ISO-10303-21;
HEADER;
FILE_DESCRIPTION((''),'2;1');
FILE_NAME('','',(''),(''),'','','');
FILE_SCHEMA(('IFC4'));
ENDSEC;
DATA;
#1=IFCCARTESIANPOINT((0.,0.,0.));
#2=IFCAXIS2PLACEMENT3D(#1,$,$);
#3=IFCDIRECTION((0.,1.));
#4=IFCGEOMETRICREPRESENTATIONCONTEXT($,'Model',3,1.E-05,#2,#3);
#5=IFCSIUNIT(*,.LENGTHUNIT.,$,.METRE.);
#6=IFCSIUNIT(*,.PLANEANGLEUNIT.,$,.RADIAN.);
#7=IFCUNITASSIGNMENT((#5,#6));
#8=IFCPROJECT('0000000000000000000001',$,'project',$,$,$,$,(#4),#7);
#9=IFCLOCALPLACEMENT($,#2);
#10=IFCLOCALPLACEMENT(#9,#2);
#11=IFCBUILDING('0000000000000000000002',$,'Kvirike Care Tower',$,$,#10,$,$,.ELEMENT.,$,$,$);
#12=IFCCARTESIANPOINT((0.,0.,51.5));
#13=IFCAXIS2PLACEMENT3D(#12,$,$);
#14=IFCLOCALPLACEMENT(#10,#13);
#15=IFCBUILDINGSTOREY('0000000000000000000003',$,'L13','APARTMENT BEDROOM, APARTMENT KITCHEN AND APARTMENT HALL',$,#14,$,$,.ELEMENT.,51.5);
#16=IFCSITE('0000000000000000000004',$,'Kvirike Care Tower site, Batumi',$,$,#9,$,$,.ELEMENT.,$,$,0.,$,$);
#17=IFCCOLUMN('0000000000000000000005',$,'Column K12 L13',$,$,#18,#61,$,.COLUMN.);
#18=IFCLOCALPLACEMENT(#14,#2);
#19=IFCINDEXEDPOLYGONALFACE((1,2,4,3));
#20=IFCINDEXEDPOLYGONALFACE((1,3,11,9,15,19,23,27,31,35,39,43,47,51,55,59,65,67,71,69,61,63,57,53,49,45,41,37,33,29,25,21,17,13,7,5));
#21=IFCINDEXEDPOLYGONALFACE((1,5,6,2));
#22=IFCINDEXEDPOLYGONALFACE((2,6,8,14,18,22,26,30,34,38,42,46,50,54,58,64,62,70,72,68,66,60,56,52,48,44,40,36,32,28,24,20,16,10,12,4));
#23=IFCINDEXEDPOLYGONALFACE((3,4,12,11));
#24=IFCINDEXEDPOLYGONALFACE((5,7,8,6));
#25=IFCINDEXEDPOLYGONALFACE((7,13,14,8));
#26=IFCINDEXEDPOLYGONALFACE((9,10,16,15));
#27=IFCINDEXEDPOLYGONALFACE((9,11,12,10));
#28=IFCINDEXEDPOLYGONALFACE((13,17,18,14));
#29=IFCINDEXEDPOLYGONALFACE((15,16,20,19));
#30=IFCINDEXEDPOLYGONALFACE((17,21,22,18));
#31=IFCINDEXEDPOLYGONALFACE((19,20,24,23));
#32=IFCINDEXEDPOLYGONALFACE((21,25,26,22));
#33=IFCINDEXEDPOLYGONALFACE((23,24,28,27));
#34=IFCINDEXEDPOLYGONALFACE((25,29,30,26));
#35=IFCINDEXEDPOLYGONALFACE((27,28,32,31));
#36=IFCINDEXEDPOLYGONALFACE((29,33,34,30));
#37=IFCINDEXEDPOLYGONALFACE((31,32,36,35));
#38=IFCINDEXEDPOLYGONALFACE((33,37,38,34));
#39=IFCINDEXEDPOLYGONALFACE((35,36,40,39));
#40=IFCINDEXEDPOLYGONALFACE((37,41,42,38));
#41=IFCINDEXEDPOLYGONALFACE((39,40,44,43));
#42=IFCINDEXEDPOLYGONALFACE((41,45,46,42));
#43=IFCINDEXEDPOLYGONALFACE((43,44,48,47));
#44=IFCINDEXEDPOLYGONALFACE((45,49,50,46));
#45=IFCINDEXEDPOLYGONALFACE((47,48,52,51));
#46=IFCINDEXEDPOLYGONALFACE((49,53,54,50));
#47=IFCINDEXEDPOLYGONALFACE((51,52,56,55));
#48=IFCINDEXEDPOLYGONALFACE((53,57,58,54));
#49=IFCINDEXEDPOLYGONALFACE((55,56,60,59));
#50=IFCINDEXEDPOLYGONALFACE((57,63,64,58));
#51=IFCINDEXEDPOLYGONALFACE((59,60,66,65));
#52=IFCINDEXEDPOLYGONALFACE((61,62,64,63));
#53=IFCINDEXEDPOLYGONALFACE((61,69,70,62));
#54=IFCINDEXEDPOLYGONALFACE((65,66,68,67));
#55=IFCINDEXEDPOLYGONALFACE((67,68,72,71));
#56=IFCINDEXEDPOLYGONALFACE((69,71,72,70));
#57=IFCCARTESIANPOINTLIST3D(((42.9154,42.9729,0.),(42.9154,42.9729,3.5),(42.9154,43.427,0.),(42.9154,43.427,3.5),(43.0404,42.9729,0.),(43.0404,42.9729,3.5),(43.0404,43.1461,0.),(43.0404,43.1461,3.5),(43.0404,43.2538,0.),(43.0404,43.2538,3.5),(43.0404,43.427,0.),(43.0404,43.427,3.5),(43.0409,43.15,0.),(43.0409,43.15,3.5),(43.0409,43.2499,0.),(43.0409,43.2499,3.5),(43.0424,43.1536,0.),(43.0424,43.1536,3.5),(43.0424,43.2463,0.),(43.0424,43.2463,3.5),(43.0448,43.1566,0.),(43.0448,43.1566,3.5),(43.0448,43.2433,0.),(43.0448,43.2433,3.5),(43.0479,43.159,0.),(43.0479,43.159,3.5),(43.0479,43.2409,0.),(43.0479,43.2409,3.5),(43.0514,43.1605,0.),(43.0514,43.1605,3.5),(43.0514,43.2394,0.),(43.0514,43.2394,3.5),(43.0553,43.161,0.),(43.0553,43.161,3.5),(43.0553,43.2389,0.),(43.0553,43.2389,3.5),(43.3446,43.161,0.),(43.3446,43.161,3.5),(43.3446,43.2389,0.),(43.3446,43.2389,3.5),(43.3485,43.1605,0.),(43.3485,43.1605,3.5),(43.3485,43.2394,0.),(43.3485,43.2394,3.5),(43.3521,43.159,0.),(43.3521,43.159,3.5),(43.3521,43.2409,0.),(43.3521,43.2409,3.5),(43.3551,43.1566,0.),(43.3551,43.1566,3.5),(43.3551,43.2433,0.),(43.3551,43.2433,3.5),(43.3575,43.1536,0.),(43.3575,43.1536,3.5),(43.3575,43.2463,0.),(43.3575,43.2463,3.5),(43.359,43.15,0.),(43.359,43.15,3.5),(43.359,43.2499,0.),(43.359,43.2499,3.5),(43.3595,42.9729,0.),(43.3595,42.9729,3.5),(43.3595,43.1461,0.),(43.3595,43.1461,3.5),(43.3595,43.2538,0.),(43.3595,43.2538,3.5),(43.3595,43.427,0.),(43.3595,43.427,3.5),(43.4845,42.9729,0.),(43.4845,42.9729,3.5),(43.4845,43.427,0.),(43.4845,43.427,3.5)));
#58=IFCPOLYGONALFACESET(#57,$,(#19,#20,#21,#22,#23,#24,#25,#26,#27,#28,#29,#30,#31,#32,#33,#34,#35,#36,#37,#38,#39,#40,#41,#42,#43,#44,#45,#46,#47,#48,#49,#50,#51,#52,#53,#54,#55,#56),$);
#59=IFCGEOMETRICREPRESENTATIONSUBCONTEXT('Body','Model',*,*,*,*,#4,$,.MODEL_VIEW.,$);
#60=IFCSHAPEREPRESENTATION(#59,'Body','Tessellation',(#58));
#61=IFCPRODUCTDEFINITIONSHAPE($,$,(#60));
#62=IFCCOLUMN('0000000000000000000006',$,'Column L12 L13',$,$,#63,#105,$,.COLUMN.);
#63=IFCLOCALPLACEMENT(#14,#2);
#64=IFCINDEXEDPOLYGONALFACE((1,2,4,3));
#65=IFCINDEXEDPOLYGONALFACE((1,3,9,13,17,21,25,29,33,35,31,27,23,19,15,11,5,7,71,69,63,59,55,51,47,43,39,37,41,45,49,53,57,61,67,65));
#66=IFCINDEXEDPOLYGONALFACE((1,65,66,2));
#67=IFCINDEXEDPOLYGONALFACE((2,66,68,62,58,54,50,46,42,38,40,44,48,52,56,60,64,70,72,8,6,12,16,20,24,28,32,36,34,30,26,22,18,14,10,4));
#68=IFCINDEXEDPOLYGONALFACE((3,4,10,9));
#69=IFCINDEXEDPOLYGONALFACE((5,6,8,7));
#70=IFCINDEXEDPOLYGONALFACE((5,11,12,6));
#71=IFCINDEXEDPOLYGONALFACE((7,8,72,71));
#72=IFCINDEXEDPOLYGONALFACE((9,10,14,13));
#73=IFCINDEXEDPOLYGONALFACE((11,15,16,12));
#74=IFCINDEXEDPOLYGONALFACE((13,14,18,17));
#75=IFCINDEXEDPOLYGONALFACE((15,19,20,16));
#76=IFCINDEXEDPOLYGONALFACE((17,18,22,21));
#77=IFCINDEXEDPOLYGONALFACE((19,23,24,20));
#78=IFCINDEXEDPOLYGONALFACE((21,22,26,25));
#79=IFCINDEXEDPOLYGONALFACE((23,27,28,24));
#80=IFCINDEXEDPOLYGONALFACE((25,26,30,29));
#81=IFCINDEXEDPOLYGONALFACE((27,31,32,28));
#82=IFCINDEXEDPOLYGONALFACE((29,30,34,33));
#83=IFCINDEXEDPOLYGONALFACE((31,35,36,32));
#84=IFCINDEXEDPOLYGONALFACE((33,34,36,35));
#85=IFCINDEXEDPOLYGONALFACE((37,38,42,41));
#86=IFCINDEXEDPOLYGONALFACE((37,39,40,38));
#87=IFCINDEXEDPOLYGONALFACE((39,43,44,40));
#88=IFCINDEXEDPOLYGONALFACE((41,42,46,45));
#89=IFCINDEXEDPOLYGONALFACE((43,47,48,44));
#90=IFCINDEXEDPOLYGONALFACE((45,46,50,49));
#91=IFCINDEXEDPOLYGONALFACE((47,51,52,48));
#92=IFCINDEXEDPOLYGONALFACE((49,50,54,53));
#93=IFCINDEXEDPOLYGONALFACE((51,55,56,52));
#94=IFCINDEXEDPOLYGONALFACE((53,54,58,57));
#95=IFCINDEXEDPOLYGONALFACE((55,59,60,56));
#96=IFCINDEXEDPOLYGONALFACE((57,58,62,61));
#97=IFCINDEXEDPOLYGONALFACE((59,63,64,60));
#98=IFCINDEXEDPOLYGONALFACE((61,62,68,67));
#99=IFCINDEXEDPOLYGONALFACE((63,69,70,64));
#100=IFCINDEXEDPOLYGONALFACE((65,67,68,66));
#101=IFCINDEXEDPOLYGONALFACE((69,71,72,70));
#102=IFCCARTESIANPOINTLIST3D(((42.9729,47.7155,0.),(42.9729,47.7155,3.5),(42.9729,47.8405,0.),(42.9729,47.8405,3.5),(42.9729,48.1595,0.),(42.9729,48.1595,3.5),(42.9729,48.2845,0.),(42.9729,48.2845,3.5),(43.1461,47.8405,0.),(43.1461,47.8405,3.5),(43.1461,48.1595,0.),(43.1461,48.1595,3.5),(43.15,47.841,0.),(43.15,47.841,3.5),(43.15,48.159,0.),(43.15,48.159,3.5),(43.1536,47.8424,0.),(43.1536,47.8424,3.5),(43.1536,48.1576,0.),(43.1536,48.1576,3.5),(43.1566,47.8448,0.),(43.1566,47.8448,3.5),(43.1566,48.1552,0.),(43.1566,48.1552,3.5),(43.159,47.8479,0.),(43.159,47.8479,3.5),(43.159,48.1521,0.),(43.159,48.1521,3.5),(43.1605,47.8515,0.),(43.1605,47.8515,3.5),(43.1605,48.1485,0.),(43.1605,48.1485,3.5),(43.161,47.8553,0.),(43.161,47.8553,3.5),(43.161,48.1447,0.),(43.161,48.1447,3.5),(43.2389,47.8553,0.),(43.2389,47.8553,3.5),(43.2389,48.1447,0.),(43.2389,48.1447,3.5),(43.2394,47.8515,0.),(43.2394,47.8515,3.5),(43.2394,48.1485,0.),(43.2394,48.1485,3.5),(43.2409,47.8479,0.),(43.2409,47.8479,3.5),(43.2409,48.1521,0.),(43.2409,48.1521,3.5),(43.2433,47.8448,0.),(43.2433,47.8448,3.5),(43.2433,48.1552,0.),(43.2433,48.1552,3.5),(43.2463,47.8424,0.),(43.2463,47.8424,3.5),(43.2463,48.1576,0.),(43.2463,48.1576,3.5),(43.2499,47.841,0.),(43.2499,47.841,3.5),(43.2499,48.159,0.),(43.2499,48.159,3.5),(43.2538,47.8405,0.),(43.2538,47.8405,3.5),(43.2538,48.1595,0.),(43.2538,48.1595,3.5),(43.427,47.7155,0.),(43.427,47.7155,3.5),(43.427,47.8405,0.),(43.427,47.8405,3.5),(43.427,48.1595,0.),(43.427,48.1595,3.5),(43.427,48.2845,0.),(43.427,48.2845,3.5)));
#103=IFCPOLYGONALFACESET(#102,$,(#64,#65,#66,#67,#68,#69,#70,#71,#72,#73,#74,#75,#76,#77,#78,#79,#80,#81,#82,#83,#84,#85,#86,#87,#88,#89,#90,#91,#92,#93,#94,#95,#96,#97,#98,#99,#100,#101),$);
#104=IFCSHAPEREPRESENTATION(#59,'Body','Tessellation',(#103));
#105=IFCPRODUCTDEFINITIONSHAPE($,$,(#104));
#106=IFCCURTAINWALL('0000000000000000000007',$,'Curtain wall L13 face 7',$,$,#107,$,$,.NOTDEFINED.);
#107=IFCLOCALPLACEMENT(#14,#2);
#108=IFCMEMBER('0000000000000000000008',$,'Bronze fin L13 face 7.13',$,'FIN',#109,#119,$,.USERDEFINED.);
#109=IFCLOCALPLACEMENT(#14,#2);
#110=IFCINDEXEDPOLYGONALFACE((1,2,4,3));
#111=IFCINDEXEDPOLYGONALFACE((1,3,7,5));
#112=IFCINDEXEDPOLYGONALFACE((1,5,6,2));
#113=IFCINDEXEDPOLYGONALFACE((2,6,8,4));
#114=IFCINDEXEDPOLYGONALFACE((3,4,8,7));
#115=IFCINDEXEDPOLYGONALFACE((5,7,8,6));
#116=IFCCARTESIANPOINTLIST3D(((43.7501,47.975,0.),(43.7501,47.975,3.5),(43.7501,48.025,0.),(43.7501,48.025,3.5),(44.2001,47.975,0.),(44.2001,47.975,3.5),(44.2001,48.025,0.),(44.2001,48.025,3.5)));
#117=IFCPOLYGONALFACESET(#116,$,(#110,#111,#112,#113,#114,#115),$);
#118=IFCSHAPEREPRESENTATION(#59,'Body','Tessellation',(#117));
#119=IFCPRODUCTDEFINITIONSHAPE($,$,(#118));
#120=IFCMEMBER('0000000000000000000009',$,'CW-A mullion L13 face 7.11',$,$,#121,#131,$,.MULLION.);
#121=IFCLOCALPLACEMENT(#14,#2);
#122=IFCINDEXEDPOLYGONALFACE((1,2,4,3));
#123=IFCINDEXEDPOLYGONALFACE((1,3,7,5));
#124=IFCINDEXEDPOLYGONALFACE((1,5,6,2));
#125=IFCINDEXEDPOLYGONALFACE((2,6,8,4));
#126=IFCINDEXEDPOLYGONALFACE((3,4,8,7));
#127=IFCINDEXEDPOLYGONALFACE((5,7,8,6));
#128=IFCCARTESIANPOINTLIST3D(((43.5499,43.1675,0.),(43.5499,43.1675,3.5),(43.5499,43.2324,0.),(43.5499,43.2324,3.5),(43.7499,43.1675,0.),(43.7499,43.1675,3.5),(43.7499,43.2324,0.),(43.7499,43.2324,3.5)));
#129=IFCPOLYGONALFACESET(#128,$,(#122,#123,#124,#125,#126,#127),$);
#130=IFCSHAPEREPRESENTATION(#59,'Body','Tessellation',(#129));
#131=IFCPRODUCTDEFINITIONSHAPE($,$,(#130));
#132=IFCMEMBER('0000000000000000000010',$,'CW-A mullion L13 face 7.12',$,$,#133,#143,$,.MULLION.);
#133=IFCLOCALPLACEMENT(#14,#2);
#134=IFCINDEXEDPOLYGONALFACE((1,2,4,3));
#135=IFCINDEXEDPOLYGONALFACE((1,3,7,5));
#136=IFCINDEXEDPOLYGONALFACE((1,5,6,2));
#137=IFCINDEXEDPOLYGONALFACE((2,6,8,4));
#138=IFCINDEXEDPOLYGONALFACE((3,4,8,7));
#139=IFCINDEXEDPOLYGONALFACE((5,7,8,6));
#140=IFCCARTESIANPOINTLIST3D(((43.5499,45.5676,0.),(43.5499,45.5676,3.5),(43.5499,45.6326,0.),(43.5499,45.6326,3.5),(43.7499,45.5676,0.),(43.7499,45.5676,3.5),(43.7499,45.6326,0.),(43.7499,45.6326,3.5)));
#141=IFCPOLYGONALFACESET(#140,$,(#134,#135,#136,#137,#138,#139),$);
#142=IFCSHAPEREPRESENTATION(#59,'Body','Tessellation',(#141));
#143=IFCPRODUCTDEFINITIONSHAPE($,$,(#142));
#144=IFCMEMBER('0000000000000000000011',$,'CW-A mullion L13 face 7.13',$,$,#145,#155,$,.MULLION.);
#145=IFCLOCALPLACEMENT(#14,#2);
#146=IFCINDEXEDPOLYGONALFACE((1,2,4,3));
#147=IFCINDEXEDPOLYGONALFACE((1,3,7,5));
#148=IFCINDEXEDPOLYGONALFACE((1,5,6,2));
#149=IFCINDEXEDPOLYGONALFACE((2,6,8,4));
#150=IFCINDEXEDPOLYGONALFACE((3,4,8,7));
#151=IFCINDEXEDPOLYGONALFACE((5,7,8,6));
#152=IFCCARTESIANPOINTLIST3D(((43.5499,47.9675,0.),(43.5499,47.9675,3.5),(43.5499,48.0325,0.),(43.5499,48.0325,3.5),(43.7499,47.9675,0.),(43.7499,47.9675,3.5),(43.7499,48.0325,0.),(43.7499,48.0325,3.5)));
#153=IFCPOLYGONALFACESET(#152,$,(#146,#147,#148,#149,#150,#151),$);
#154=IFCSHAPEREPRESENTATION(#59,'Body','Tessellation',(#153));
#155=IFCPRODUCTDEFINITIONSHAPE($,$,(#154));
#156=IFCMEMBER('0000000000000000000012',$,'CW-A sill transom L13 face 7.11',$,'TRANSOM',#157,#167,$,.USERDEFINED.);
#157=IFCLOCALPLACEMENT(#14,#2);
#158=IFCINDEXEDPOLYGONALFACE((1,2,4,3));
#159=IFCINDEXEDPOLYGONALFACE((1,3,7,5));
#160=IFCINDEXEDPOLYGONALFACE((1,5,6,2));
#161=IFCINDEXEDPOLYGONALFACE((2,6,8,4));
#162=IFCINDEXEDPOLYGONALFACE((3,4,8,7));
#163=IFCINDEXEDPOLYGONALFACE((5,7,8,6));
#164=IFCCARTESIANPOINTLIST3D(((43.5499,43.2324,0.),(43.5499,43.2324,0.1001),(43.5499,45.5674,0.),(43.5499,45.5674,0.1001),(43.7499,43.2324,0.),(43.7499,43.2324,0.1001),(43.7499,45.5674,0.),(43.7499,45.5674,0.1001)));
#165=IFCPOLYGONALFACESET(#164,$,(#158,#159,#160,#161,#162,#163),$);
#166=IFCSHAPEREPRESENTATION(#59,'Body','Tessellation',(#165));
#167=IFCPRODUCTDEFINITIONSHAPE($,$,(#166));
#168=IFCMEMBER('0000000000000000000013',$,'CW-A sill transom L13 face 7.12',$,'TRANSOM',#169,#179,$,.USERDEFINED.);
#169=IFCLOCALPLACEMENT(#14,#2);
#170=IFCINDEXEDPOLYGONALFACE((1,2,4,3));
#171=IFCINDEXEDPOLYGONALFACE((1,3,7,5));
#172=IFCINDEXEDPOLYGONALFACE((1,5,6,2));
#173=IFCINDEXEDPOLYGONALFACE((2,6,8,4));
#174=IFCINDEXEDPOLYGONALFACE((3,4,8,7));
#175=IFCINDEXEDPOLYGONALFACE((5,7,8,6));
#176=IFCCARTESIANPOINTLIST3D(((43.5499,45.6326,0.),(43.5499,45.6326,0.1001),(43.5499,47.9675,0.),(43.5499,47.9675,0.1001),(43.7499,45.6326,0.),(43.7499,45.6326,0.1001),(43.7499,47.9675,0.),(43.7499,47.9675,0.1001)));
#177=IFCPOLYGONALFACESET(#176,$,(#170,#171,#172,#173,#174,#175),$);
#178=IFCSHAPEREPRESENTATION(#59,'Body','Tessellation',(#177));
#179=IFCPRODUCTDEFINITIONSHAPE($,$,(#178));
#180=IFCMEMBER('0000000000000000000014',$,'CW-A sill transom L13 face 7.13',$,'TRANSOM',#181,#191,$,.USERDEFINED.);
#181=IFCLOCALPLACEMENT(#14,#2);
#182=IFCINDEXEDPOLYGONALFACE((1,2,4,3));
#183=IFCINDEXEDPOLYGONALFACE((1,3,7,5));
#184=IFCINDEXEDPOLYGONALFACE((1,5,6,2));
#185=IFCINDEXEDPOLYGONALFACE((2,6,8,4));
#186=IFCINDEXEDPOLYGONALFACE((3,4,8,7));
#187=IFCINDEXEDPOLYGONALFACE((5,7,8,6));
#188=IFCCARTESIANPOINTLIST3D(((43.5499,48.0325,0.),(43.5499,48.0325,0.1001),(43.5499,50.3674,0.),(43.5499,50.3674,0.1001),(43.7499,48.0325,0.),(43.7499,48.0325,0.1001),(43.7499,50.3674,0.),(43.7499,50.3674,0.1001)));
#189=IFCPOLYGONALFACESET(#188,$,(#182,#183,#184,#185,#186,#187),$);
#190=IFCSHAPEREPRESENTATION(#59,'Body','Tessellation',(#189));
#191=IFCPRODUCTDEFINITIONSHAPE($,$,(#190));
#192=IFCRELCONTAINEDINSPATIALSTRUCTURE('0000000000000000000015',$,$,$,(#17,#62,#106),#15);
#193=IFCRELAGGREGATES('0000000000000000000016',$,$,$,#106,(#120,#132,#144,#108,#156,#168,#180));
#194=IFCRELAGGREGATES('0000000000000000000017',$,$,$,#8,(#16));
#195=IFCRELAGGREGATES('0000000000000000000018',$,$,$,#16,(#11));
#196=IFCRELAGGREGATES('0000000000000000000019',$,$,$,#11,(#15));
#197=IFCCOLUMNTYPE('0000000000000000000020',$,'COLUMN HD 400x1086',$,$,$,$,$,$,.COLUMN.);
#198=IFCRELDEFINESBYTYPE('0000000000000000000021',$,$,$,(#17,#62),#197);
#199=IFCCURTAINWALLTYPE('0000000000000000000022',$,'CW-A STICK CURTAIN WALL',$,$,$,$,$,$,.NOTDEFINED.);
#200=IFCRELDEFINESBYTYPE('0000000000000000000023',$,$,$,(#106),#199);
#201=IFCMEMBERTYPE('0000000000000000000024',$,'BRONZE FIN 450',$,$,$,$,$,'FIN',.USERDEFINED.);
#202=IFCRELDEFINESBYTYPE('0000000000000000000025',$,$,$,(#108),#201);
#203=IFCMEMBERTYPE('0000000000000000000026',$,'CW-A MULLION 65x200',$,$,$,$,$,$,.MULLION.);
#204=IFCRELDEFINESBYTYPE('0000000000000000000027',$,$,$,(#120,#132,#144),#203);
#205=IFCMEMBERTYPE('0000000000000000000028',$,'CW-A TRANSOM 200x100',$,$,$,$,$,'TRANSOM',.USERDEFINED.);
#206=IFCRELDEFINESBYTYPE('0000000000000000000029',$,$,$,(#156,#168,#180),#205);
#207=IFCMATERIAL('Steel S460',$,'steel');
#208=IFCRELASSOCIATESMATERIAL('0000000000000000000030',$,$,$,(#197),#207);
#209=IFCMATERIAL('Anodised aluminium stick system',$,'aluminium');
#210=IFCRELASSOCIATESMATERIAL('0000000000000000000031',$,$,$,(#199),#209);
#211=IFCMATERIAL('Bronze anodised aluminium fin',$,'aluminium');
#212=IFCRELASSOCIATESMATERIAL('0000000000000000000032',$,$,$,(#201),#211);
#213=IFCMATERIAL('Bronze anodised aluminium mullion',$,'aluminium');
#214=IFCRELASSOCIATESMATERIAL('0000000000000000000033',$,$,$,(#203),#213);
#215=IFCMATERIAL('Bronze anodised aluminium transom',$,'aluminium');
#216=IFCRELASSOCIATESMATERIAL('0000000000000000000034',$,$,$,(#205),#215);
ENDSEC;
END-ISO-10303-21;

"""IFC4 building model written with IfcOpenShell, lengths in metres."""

from ifc_helpers import new_model, si_unit, direction, frame, origin, origin_2d, place, context, subcontext, project, spatial, rectangle, i_section, extrude, material, material_profile, profile_set, type_object, element, aggregate, save


model = new_model("IFC4")

# Units and contexts
model_context = context("Model", 3, precision=1e-05, world=origin(), true_north=direction((0.0, 1.0)))
body_context = subcontext(model_context, "Body", "Model", "MODEL_VIEW")
ifc_project = project(units=[si_unit("LENGTHUNIT", "METRE"), si_unit("PLANEANGLEUNIT", "RADIAN")], contexts=[model_context])

# Site, building, storey
site_placement = place(None, origin())
site = spatial("IfcSite", under=ifc_project, at=site_placement, Name="Kvirike Care Tower site, Batumi", CompositionType="ELEMENT", RefElevation=0.0)
building_placement = place(site_placement, origin())
building = spatial("IfcBuilding", under=site, at=building_placement, Name="Kvirike Care Tower", CompositionType="ELEMENT")
storey_placement = place(building_placement, frame((0.0, 0.0, 51.5)))
storey = spatial("IfcBuildingStorey", under=building, at=storey_placement, Name="L13", Description="APARTMENT BEDROOM, APARTMENT KITCHEN AND APARTMENT HALL", CompositionType="ELEMENT", Elevation=51.5)

# Columns
ifc_material_1 = material(Name="Steel S460", Category="steel")
ifc_material_profile_1 = material_profile(ifc_material_1, i_section(OverallWidth=0.4541, OverallDepth=0.5691, WebThickness=0.0779, FlangeThickness=0.125, FilletRadius=0.0149, at=origin_2d()), Name="HD 400x1086")
ifc_profile_set_1 = profile_set([ifc_material_profile_1], Name="Steel S460")
column_type = type_object("IfcColumnType", Name="COLUMN HD 400x1086", PredefinedType="COLUMN", material=ifc_profile_set_1)
for number, where, z_axis, x_axis, name in (
    (1, (43.2, 43.2, 0.0), (0.0, 0.0, 1.0), (0.0, 1.0, 0.0), "Column K12 L13"),
    (2, (43.2, 48.0, 0.0), (0.0, 0.0, 1.0), (1.0, 0.0, 0.0), "Column L12 L13"),
):
    element("IfcColumn", number, at=place(storey_placement, frame(where, z_axis=z_axis, x_axis=x_axis)), inside=storey, type_object=column_type, Name=name, PredefinedType="COLUMN", context=body_context, shape_type="SweptSolid", body=[
        extrude(i_section(OverallWidth=0.4541, OverallDepth=0.5691, WebThickness=0.0779, FlangeThickness=0.125, FilletRadius=0.0149, at=origin_2d()), origin(), (0.0, 0.0, 1.0), 3.5),
    ])

# Curtain wall, members
ifc_material_2 = material(Name="Anodised aluminium stick system", Category="aluminium")
curtain_wall_type = type_object("IfcCurtainWallType", Name="CW-A STICK CURTAIN WALL", PredefinedType="NOTDEFINED", material=ifc_material_2)
curtain_wall_placement = place(storey_placement, origin())
curtain_wall = element("IfcCurtainWall", 3, at=curtain_wall_placement, inside=storey, type_object=curtain_wall_type, Name="Curtain wall L13 face 7", PredefinedType="NOTDEFINED")
ifc_material_3 = material(Name="Bronze anodised aluminium fin", Category="aluminium")
ifc_material_profile_2 = material_profile(ifc_material_3, rectangle(XDim=0.05, YDim=0.45, at=origin_2d()), Name="BRONZE FIN 450")
ifc_profile_set_2 = profile_set([ifc_material_profile_2], Name="Bronze anodised aluminium fin")
member_type_1 = type_object("IfcMemberType", Name="BRONZE FIN 450", ElementType="FIN", PredefinedType="USERDEFINED", material=ifc_profile_set_2)
member_1_placement = place(storey_placement, frame((43.9751, 48.0, 0.0), z_axis=(0.0, 0.0, 1.0), x_axis=(0.0, 1.0, 0.0)))
member_1 = element("IfcMember", 4, at=member_1_placement, type_object=member_type_1, Name="Bronze fin L13 face 7.13", ObjectType="FIN", PredefinedType="USERDEFINED", context=body_context, shape_type="SweptSolid", body=[
    extrude(rectangle(XDim=0.05, YDim=0.45, at=origin_2d()), origin(), (0.0, 0.0, 1.0), 3.5),
])
ifc_material_4 = material(Name="Bronze anodised aluminium mullion", Category="aluminium")
ifc_material_profile_3 = material_profile(ifc_material_4, rectangle(XDim=0.0649, YDim=0.2, at=origin_2d()), Name="CW-A MULLION 65x200")
ifc_profile_set_3 = profile_set([ifc_material_profile_3], Name="Bronze anodised aluminium mullion")
member_type_2 = type_object("IfcMemberType", Name="CW-A MULLION 65x200", PredefinedType="MULLION", material=ifc_profile_set_3)
member_2_placement = place(storey_placement, frame((43.6499, 43.2, 0.0), z_axis=(0.0, 0.0, 1.0), x_axis=(0.0, 1.0, 0.0)))
member_2 = element("IfcMember", 5, at=member_2_placement, type_object=member_type_2, Name="CW-A mullion L13 face 7.11", PredefinedType="MULLION", context=body_context, shape_type="SweptSolid", body=[
    extrude(rectangle(XDim=0.0649, YDim=0.2, at=origin_2d()), origin(), (0.0, 0.0, 1.0), 3.5),
])
member_3_placement = place(storey_placement, frame((43.6499, 45.6001, 0.0), z_axis=(0.0, 0.0, 1.0), x_axis=(0.0, 1.0, 0.0)))
member_3 = element("IfcMember", 6, at=member_3_placement, type_object=member_type_2, Name="CW-A mullion L13 face 7.12", PredefinedType="MULLION", context=body_context, shape_type="SweptSolid", body=[
    extrude(rectangle(XDim=0.0649, YDim=0.2, at=origin_2d()), origin(), (0.0, 0.0, 1.0), 3.5),
])
member_4_placement = place(storey_placement, frame((43.6499, 48.0, 0.0), z_axis=(0.0, 0.0, 1.0), x_axis=(0.0, 1.0, 0.0)))
member_4 = element("IfcMember", 7, at=member_4_placement, type_object=member_type_2, Name="CW-A mullion L13 face 7.13", PredefinedType="MULLION", context=body_context, shape_type="SweptSolid", body=[
    extrude(rectangle(XDim=0.0649, YDim=0.2, at=origin_2d()), origin(), (0.0, 0.0, 1.0), 3.5),
])
ifc_material_5 = material(Name="Bronze anodised aluminium transom", Category="aluminium")
ifc_material_profile_4 = material_profile(ifc_material_5, rectangle(XDim=0.2, YDim=0.1001, at=origin_2d()), Name="CW-A TRANSOM 200x100")
ifc_profile_set_4 = profile_set([ifc_material_profile_4], Name="Bronze anodised aluminium transom")
member_type_3 = type_object("IfcMemberType", Name="CW-A TRANSOM 200x100", ElementType="TRANSOM", PredefinedType="USERDEFINED", material=ifc_profile_set_4)
member_5_placement = place(storey_placement, frame((43.6499, 43.2324, 0.05), z_axis=(0.0, 1.0, 0.0), x_axis=(-1.0, 0.0, 0.0)))
member_5 = element("IfcMember", 8, at=member_5_placement, type_object=member_type_3, Name="CW-A sill transom L13 face 7.11", ObjectType="TRANSOM", PredefinedType="USERDEFINED", context=body_context, shape_type="SweptSolid", body=[
    extrude(rectangle(XDim=0.2, YDim=0.1001, at=origin_2d()), origin(), (0.0, 0.0, 1.0), 2.335),
])
member_6_placement = place(storey_placement, frame((43.6499, 45.6326, 0.05), z_axis=(0.0, 1.0, 0.0), x_axis=(-1.0, 0.0, 0.0)))
member_6 = element("IfcMember", 9, at=member_6_placement, type_object=member_type_3, Name="CW-A sill transom L13 face 7.12", ObjectType="TRANSOM", PredefinedType="USERDEFINED", context=body_context, shape_type="SweptSolid", body=[
    extrude(rectangle(XDim=0.2, YDim=0.1001, at=origin_2d()), origin(), (0.0, 0.0, 1.0), 2.335),
])
member_7_placement = place(storey_placement, frame((43.6499, 48.0325, 0.05), z_axis=(0.0, 1.0, 0.0), x_axis=(-1.0, 0.0, 0.0)))
member_7 = element("IfcMember", 10, at=member_7_placement, type_object=member_type_3, Name="CW-A sill transom L13 face 7.13", ObjectType="TRANSOM", PredefinedType="USERDEFINED", context=body_context, shape_type="SweptSolid", body=[
    extrude(rectangle(XDim=0.2, YDim=0.1001, at=origin_2d()), origin(), (0.0, 0.0, 1.0), 2.335),
])

aggregate(curtain_wall, [member_2, member_3, member_4, member_1, member_5, member_6, member_7])

save(model, "model.ifc")
